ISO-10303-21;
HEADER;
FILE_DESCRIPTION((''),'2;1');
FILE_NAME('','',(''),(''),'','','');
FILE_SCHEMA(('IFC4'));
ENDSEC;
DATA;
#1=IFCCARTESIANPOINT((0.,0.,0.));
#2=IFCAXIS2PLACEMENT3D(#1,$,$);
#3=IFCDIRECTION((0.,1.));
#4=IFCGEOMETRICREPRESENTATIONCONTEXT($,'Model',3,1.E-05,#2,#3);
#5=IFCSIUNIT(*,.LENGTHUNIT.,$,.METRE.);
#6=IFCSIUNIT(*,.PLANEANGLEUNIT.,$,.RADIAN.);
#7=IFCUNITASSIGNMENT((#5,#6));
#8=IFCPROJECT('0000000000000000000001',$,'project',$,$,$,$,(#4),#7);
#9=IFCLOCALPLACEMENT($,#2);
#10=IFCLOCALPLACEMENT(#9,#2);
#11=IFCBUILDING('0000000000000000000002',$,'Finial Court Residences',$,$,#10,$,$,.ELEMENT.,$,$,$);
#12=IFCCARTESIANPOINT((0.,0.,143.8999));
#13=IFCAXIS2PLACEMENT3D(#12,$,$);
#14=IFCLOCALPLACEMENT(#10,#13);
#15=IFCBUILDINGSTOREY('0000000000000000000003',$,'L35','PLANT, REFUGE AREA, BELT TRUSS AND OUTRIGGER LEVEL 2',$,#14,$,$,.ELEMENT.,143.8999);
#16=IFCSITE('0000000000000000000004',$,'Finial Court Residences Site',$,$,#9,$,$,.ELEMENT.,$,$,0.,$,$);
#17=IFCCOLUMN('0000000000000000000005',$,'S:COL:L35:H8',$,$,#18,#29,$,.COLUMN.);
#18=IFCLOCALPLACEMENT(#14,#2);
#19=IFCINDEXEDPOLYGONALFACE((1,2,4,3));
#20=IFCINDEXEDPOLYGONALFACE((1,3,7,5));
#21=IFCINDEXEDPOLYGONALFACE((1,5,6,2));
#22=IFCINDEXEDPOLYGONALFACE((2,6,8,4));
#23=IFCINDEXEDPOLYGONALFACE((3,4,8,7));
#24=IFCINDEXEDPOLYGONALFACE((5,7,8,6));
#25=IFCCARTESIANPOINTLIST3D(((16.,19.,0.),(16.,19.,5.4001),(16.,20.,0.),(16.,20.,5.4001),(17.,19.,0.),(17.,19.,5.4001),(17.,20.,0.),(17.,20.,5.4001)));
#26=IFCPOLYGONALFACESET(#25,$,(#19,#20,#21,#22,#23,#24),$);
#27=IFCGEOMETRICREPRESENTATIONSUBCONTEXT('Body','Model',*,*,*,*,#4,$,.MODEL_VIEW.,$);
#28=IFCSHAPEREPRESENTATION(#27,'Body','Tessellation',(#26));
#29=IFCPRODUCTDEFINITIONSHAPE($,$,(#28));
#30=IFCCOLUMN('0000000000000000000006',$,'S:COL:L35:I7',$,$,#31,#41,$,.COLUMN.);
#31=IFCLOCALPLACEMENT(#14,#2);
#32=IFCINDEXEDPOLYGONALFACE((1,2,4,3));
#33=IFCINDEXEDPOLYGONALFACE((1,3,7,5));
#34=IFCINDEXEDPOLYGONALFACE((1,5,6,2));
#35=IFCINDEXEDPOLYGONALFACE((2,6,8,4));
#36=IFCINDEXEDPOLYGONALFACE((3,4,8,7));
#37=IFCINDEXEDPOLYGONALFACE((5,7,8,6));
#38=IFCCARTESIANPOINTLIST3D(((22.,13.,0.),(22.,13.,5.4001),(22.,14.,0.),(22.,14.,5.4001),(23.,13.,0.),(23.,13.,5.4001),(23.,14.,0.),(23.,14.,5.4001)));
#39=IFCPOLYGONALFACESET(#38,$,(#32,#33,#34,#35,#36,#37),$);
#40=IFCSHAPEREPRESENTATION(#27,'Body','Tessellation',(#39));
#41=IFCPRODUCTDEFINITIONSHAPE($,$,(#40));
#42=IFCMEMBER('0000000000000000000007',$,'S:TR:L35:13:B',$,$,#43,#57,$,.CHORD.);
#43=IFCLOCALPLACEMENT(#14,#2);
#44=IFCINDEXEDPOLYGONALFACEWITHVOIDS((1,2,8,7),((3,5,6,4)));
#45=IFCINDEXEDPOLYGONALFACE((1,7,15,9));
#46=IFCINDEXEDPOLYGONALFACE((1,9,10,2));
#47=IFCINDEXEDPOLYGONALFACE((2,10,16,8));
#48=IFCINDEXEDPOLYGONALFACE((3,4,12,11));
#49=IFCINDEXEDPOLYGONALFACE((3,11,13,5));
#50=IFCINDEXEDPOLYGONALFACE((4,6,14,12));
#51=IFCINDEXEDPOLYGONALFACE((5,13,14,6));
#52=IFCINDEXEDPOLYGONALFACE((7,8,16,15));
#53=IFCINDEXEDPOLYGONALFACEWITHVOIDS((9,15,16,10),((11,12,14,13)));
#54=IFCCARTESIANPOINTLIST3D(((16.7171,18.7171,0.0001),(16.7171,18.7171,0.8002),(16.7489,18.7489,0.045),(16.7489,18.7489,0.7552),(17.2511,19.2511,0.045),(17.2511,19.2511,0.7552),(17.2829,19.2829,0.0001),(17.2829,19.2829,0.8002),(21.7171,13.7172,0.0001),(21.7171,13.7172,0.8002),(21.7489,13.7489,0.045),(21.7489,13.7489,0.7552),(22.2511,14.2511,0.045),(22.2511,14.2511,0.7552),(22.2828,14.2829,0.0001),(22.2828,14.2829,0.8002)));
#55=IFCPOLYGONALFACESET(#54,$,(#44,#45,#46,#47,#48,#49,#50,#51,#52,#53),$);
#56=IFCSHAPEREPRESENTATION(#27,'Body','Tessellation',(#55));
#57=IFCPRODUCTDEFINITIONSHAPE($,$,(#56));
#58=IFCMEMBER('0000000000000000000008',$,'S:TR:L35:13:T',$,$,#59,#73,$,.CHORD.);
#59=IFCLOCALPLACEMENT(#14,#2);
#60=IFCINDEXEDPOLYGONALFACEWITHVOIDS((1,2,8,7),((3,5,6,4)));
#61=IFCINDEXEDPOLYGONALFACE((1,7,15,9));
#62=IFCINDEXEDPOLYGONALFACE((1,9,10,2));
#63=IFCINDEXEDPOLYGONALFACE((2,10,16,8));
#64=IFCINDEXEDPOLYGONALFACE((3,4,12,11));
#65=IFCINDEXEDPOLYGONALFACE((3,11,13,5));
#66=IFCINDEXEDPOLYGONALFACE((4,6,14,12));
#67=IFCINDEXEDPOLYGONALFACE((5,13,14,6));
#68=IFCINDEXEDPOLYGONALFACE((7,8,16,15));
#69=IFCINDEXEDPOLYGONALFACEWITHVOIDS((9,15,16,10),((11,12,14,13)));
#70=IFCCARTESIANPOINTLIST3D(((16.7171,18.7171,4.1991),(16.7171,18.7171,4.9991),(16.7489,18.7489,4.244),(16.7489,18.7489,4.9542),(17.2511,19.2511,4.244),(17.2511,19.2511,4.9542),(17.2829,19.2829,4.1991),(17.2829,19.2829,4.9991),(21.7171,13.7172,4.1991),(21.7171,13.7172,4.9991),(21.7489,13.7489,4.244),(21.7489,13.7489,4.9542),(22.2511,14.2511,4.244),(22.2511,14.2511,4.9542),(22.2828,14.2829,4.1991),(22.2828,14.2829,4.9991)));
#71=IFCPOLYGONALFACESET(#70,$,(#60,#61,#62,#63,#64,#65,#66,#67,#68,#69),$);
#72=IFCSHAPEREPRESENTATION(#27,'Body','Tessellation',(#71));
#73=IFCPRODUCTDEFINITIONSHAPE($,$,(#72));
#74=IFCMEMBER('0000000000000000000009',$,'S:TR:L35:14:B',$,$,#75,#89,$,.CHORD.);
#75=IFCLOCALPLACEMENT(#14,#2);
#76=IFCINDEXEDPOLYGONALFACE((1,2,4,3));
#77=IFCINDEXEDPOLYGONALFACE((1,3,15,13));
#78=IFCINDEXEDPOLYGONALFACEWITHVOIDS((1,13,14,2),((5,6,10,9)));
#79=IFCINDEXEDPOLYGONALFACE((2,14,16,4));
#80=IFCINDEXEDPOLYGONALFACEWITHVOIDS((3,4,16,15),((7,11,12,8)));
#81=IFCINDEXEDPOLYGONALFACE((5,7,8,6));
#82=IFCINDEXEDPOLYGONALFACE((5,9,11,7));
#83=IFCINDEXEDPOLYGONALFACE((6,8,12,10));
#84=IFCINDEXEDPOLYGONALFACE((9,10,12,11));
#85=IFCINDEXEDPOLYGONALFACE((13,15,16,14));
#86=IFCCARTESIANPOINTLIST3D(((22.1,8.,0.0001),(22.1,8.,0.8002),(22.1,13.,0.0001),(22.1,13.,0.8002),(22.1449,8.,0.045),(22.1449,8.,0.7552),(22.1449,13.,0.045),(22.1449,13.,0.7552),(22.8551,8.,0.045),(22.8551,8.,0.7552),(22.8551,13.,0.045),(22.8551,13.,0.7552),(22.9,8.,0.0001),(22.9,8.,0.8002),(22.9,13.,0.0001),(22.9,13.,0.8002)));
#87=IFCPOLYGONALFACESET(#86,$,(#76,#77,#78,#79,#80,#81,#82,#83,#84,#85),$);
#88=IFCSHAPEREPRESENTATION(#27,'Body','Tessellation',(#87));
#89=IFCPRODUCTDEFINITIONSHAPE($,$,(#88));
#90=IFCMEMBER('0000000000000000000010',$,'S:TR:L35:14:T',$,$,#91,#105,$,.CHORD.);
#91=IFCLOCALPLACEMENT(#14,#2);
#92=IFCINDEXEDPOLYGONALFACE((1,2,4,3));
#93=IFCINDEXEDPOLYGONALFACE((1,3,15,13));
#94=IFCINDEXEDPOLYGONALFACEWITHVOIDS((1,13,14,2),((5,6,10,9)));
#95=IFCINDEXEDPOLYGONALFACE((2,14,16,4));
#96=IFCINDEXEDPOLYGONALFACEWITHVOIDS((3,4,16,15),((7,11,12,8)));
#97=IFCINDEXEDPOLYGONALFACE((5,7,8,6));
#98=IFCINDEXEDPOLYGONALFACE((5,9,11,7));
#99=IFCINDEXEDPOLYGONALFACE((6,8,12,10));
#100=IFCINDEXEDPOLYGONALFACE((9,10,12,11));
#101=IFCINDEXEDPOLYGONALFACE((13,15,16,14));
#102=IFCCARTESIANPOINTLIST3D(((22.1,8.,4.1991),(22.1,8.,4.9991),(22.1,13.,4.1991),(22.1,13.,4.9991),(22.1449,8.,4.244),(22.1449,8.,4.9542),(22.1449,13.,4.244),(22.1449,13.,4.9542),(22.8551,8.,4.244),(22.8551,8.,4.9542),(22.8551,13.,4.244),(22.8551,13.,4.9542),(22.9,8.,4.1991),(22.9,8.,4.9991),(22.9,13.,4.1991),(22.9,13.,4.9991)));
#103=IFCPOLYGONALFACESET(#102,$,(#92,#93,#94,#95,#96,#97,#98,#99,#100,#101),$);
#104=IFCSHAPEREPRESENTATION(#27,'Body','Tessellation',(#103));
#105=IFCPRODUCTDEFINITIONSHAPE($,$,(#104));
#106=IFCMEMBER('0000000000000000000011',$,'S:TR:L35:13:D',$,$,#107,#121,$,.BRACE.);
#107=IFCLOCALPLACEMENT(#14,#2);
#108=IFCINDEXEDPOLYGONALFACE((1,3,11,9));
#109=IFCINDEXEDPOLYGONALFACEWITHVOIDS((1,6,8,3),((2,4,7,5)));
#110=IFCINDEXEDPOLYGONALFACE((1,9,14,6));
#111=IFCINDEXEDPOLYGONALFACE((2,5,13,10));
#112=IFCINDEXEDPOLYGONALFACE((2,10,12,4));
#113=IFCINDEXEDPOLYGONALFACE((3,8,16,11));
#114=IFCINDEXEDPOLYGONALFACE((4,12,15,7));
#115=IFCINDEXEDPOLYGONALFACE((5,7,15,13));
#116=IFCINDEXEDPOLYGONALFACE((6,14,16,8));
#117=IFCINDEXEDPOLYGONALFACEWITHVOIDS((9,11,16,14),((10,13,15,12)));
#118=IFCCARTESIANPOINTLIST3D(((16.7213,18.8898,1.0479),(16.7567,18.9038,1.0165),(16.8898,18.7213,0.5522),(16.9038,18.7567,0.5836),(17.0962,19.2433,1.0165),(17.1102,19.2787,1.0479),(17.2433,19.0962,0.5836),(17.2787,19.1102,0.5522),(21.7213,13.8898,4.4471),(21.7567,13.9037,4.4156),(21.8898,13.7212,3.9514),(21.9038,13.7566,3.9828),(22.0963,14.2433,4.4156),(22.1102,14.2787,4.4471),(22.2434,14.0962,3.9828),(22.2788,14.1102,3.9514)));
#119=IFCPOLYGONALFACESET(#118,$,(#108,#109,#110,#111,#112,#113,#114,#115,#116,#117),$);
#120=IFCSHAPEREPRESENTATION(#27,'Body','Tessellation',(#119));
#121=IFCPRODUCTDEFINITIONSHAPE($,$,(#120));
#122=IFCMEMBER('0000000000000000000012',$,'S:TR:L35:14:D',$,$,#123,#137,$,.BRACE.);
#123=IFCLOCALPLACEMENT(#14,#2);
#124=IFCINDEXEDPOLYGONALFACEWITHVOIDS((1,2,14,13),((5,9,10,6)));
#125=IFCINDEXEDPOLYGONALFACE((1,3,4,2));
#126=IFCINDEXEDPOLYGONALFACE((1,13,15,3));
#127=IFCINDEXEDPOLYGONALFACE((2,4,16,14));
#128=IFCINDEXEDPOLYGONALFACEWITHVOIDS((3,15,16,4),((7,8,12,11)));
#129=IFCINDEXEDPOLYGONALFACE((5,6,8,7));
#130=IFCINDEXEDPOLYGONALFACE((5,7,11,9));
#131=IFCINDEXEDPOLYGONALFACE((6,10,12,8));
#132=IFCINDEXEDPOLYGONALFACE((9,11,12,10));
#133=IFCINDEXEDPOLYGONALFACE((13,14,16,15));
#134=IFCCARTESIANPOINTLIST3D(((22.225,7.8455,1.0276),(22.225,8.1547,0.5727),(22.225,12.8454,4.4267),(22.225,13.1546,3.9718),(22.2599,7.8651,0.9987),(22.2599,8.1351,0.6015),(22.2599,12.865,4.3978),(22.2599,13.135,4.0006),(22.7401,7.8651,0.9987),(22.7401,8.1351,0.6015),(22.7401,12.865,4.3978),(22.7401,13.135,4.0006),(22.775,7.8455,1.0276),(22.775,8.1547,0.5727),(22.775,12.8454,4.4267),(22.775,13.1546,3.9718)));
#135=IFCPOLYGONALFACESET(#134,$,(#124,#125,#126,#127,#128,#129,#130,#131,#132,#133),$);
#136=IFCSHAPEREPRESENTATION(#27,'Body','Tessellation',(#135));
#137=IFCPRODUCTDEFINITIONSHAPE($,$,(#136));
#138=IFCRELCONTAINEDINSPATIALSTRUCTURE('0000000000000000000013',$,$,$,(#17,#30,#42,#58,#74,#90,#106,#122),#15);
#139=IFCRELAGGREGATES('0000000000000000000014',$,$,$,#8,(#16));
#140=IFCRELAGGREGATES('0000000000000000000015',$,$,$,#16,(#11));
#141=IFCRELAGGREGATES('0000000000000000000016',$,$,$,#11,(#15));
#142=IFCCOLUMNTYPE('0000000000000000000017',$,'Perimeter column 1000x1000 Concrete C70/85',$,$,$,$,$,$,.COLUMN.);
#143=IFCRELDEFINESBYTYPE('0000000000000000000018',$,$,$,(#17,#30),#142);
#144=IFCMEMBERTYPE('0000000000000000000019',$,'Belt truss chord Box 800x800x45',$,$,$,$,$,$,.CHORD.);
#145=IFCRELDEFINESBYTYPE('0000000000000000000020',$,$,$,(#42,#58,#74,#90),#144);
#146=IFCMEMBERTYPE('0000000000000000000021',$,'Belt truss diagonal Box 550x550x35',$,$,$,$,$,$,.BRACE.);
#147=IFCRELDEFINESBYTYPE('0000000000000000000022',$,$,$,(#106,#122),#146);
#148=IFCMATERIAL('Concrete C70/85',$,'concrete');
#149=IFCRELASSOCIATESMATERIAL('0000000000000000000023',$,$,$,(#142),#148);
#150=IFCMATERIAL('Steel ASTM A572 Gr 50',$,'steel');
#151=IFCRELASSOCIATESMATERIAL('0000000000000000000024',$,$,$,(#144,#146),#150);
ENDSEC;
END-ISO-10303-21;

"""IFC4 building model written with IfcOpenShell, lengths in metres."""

from ifc_helpers import new_model, si_unit, direction, frame, origin, origin_2d, place, context, subcontext, project, spatial, rectangle, hollow_rectangle, extrude, material, material_profile, profile_set, type_object, element, save


model = new_model("IFC4")

# Units and contexts
model_context = context("Model", 3, precision=1e-05, world=origin(), true_north=direction((0.0, 1.0)))
body_context = subcontext(model_context, "Body", "Model", "MODEL_VIEW")
ifc_project = project(units=[si_unit("LENGTHUNIT", "METRE"), si_unit("PLANEANGLEUNIT", "RADIAN")], contexts=[model_context])

# Site, building, storey
site_placement = place(None, origin())
site = spatial("IfcSite", under=ifc_project, at=site_placement, Name="Finial Court Residences Site", CompositionType="ELEMENT", RefElevation=0.0)
building_placement = place(site_placement, origin())
building = spatial("IfcBuilding", under=site, at=building_placement, Name="Finial Court Residences", CompositionType="ELEMENT")
storey_placement = place(building_placement, frame((0.0, 0.0, 143.8999)))
storey = spatial("IfcBuildingStorey", under=building, at=storey_placement, Name="L35", Description="PLANT, REFUGE AREA, BELT TRUSS AND OUTRIGGER LEVEL 2", CompositionType="ELEMENT", Elevation=143.8999)

# Columns
ifc_material_1 = material(Name="Concrete C70/85", Category="concrete")
ifc_material_profile_1 = material_profile(ifc_material_1, rectangle(XDim=1.0, YDim=1.0, at=origin_2d()), Name="1000x1000")
ifc_profile_set_1 = profile_set([ifc_material_profile_1], Name="Concrete C70/85")
column_type = type_object("IfcColumnType", Name="Perimeter column 1000x1000 Concrete C70/85", PredefinedType="COLUMN", material=ifc_profile_set_1)
for number, where, z_axis, x_axis, name in (
    (1, (16.5, 19.5, 0.0), (0.0, 0.0, 1.0), (1.0, 0.0, 0.0), "S:COL:L35:H8"),
    (2, (22.5, 13.5, 0.0), (0.0, 0.0, 1.0), (1.0, 0.0, 0.0), "S:COL:L35:I7"),
):
    element("IfcColumn", number, at=place(storey_placement, frame(where, z_axis=z_axis, x_axis=x_axis)), inside=storey, type_object=column_type, Name=name, PredefinedType="COLUMN", context=body_context, shape_type="SweptSolid", body=[
        extrude(rectangle(XDim=1.0, YDim=1.0, at=origin_2d()), origin(), (0.0, 0.0, 1.0), 5.4001),
    ])

# Members
ifc_material_2 = material(Name="Steel ASTM A572 Gr 50", Category="steel")
ifc_material_profile_2 = material_profile(ifc_material_2, hollow_rectangle(XDim=0.8, YDim=0.8, WallThickness=0.0449, at=origin_2d()), Name="Box 800x800x45")
ifc_profile_set_2 = profile_set([ifc_material_profile_2], Name="Steel ASTM A572 Gr 50")
member_type_1 = type_object("IfcMemberType", Name="Belt truss chord Box 800x800x45", PredefinedType="CHORD", material=ifc_profile_set_2)
for number, where, z_axis, x_axis, name in (
    (3, (17.0, 19.0, 0.4001), (0.707107, -0.707107, 0.0), (0.707107, 0.707107, 0.0), "S:TR:L35:13:B"),
    (4, (17.0, 19.0, 4.5991), (0.707107, -0.707107, 0.0), (0.707107, 0.707107, 0.0), "S:TR:L35:13:T"),
):
    element("IfcMember", number, at=place(storey_placement, frame(where, z_axis=z_axis, x_axis=x_axis)), inside=storey, type_object=member_type_1, Name=name, PredefinedType="CHORD", context=body_context, shape_type="SweptSolid", body=[
        extrude(hollow_rectangle(XDim=0.8, YDim=0.8, WallThickness=0.0449, at=origin_2d()), origin(), (0.0, 0.0, 1.0), 7.071),
    ])
for number, where, z_axis, x_axis, name in (
    (5, (22.5, 13.0, 0.4001), (0.0, -1.0, 0.0), (1.0, 0.0, 0.0), "S:TR:L35:14:B"),
    (6, (22.5, 13.0, 4.5991), (0.0, -1.0, 0.0), (1.0, 0.0, 0.0), "S:TR:L35:14:T"),
):
    element("IfcMember", number, at=place(storey_placement, frame(where, z_axis=z_axis, x_axis=x_axis)), inside=storey, type_object=member_type_1, Name=name, PredefinedType="CHORD", context=body_context, shape_type="SweptSolid", body=[
        extrude(hollow_rectangle(XDim=0.8, YDim=0.8, WallThickness=0.0449, at=origin_2d()), origin(), (0.0, 0.0, 1.0), 5.0),
    ])
ifc_material_profile_3 = material_profile(ifc_material_2, hollow_rectangle(XDim=0.55, YDim=0.55, WallThickness=0.0349, at=origin_2d()), Name="Box 550x550x35")
ifc_profile_set_3 = profile_set([ifc_material_profile_3], Name="Steel ASTM A572 Gr 50")
member_type_2 = type_object("IfcMemberType", Name="Belt truss diagonal Box 550x550x35", PredefinedType="BRACE", material=ifc_profile_set_3)
member_1_placement = place(storey_placement, frame((17.0, 19.0, 0.8), z_axis=(0.637295, -0.637295, 0.433255), x_axis=(0.707107, 0.707107, 0.0)))
element("IfcMember", 7, at=member_1_placement, inside=storey, type_object=member_type_2, Name="S:TR:L35:13:D", PredefinedType="BRACE", context=body_context, shape_type="SweptSolid", body=[
    extrude(hollow_rectangle(XDim=0.55, YDim=0.55, WallThickness=0.0349, at=origin_2d()), origin(), (0.0, 0.0, 1.0), 7.8457),
])
member_2_placement = place(storey_placement, frame((22.5, 13.0, 4.1992), z_axis=(0.0, -0.82699, -0.562216), x_axis=(1.0, 0.0, 0.0)))
element("IfcMember", 8, at=member_2_placement, inside=storey, type_object=member_type_2, Name="S:TR:L35:14:D", PredefinedType="BRACE", context=body_context, shape_type="SweptSolid", body=[
    extrude(hollow_rectangle(XDim=0.55, YDim=0.55, WallThickness=0.0349, at=origin_2d()), origin(), (0.0, 0.0, 1.0), 6.0459),
])

save(model, "model.ifc")
